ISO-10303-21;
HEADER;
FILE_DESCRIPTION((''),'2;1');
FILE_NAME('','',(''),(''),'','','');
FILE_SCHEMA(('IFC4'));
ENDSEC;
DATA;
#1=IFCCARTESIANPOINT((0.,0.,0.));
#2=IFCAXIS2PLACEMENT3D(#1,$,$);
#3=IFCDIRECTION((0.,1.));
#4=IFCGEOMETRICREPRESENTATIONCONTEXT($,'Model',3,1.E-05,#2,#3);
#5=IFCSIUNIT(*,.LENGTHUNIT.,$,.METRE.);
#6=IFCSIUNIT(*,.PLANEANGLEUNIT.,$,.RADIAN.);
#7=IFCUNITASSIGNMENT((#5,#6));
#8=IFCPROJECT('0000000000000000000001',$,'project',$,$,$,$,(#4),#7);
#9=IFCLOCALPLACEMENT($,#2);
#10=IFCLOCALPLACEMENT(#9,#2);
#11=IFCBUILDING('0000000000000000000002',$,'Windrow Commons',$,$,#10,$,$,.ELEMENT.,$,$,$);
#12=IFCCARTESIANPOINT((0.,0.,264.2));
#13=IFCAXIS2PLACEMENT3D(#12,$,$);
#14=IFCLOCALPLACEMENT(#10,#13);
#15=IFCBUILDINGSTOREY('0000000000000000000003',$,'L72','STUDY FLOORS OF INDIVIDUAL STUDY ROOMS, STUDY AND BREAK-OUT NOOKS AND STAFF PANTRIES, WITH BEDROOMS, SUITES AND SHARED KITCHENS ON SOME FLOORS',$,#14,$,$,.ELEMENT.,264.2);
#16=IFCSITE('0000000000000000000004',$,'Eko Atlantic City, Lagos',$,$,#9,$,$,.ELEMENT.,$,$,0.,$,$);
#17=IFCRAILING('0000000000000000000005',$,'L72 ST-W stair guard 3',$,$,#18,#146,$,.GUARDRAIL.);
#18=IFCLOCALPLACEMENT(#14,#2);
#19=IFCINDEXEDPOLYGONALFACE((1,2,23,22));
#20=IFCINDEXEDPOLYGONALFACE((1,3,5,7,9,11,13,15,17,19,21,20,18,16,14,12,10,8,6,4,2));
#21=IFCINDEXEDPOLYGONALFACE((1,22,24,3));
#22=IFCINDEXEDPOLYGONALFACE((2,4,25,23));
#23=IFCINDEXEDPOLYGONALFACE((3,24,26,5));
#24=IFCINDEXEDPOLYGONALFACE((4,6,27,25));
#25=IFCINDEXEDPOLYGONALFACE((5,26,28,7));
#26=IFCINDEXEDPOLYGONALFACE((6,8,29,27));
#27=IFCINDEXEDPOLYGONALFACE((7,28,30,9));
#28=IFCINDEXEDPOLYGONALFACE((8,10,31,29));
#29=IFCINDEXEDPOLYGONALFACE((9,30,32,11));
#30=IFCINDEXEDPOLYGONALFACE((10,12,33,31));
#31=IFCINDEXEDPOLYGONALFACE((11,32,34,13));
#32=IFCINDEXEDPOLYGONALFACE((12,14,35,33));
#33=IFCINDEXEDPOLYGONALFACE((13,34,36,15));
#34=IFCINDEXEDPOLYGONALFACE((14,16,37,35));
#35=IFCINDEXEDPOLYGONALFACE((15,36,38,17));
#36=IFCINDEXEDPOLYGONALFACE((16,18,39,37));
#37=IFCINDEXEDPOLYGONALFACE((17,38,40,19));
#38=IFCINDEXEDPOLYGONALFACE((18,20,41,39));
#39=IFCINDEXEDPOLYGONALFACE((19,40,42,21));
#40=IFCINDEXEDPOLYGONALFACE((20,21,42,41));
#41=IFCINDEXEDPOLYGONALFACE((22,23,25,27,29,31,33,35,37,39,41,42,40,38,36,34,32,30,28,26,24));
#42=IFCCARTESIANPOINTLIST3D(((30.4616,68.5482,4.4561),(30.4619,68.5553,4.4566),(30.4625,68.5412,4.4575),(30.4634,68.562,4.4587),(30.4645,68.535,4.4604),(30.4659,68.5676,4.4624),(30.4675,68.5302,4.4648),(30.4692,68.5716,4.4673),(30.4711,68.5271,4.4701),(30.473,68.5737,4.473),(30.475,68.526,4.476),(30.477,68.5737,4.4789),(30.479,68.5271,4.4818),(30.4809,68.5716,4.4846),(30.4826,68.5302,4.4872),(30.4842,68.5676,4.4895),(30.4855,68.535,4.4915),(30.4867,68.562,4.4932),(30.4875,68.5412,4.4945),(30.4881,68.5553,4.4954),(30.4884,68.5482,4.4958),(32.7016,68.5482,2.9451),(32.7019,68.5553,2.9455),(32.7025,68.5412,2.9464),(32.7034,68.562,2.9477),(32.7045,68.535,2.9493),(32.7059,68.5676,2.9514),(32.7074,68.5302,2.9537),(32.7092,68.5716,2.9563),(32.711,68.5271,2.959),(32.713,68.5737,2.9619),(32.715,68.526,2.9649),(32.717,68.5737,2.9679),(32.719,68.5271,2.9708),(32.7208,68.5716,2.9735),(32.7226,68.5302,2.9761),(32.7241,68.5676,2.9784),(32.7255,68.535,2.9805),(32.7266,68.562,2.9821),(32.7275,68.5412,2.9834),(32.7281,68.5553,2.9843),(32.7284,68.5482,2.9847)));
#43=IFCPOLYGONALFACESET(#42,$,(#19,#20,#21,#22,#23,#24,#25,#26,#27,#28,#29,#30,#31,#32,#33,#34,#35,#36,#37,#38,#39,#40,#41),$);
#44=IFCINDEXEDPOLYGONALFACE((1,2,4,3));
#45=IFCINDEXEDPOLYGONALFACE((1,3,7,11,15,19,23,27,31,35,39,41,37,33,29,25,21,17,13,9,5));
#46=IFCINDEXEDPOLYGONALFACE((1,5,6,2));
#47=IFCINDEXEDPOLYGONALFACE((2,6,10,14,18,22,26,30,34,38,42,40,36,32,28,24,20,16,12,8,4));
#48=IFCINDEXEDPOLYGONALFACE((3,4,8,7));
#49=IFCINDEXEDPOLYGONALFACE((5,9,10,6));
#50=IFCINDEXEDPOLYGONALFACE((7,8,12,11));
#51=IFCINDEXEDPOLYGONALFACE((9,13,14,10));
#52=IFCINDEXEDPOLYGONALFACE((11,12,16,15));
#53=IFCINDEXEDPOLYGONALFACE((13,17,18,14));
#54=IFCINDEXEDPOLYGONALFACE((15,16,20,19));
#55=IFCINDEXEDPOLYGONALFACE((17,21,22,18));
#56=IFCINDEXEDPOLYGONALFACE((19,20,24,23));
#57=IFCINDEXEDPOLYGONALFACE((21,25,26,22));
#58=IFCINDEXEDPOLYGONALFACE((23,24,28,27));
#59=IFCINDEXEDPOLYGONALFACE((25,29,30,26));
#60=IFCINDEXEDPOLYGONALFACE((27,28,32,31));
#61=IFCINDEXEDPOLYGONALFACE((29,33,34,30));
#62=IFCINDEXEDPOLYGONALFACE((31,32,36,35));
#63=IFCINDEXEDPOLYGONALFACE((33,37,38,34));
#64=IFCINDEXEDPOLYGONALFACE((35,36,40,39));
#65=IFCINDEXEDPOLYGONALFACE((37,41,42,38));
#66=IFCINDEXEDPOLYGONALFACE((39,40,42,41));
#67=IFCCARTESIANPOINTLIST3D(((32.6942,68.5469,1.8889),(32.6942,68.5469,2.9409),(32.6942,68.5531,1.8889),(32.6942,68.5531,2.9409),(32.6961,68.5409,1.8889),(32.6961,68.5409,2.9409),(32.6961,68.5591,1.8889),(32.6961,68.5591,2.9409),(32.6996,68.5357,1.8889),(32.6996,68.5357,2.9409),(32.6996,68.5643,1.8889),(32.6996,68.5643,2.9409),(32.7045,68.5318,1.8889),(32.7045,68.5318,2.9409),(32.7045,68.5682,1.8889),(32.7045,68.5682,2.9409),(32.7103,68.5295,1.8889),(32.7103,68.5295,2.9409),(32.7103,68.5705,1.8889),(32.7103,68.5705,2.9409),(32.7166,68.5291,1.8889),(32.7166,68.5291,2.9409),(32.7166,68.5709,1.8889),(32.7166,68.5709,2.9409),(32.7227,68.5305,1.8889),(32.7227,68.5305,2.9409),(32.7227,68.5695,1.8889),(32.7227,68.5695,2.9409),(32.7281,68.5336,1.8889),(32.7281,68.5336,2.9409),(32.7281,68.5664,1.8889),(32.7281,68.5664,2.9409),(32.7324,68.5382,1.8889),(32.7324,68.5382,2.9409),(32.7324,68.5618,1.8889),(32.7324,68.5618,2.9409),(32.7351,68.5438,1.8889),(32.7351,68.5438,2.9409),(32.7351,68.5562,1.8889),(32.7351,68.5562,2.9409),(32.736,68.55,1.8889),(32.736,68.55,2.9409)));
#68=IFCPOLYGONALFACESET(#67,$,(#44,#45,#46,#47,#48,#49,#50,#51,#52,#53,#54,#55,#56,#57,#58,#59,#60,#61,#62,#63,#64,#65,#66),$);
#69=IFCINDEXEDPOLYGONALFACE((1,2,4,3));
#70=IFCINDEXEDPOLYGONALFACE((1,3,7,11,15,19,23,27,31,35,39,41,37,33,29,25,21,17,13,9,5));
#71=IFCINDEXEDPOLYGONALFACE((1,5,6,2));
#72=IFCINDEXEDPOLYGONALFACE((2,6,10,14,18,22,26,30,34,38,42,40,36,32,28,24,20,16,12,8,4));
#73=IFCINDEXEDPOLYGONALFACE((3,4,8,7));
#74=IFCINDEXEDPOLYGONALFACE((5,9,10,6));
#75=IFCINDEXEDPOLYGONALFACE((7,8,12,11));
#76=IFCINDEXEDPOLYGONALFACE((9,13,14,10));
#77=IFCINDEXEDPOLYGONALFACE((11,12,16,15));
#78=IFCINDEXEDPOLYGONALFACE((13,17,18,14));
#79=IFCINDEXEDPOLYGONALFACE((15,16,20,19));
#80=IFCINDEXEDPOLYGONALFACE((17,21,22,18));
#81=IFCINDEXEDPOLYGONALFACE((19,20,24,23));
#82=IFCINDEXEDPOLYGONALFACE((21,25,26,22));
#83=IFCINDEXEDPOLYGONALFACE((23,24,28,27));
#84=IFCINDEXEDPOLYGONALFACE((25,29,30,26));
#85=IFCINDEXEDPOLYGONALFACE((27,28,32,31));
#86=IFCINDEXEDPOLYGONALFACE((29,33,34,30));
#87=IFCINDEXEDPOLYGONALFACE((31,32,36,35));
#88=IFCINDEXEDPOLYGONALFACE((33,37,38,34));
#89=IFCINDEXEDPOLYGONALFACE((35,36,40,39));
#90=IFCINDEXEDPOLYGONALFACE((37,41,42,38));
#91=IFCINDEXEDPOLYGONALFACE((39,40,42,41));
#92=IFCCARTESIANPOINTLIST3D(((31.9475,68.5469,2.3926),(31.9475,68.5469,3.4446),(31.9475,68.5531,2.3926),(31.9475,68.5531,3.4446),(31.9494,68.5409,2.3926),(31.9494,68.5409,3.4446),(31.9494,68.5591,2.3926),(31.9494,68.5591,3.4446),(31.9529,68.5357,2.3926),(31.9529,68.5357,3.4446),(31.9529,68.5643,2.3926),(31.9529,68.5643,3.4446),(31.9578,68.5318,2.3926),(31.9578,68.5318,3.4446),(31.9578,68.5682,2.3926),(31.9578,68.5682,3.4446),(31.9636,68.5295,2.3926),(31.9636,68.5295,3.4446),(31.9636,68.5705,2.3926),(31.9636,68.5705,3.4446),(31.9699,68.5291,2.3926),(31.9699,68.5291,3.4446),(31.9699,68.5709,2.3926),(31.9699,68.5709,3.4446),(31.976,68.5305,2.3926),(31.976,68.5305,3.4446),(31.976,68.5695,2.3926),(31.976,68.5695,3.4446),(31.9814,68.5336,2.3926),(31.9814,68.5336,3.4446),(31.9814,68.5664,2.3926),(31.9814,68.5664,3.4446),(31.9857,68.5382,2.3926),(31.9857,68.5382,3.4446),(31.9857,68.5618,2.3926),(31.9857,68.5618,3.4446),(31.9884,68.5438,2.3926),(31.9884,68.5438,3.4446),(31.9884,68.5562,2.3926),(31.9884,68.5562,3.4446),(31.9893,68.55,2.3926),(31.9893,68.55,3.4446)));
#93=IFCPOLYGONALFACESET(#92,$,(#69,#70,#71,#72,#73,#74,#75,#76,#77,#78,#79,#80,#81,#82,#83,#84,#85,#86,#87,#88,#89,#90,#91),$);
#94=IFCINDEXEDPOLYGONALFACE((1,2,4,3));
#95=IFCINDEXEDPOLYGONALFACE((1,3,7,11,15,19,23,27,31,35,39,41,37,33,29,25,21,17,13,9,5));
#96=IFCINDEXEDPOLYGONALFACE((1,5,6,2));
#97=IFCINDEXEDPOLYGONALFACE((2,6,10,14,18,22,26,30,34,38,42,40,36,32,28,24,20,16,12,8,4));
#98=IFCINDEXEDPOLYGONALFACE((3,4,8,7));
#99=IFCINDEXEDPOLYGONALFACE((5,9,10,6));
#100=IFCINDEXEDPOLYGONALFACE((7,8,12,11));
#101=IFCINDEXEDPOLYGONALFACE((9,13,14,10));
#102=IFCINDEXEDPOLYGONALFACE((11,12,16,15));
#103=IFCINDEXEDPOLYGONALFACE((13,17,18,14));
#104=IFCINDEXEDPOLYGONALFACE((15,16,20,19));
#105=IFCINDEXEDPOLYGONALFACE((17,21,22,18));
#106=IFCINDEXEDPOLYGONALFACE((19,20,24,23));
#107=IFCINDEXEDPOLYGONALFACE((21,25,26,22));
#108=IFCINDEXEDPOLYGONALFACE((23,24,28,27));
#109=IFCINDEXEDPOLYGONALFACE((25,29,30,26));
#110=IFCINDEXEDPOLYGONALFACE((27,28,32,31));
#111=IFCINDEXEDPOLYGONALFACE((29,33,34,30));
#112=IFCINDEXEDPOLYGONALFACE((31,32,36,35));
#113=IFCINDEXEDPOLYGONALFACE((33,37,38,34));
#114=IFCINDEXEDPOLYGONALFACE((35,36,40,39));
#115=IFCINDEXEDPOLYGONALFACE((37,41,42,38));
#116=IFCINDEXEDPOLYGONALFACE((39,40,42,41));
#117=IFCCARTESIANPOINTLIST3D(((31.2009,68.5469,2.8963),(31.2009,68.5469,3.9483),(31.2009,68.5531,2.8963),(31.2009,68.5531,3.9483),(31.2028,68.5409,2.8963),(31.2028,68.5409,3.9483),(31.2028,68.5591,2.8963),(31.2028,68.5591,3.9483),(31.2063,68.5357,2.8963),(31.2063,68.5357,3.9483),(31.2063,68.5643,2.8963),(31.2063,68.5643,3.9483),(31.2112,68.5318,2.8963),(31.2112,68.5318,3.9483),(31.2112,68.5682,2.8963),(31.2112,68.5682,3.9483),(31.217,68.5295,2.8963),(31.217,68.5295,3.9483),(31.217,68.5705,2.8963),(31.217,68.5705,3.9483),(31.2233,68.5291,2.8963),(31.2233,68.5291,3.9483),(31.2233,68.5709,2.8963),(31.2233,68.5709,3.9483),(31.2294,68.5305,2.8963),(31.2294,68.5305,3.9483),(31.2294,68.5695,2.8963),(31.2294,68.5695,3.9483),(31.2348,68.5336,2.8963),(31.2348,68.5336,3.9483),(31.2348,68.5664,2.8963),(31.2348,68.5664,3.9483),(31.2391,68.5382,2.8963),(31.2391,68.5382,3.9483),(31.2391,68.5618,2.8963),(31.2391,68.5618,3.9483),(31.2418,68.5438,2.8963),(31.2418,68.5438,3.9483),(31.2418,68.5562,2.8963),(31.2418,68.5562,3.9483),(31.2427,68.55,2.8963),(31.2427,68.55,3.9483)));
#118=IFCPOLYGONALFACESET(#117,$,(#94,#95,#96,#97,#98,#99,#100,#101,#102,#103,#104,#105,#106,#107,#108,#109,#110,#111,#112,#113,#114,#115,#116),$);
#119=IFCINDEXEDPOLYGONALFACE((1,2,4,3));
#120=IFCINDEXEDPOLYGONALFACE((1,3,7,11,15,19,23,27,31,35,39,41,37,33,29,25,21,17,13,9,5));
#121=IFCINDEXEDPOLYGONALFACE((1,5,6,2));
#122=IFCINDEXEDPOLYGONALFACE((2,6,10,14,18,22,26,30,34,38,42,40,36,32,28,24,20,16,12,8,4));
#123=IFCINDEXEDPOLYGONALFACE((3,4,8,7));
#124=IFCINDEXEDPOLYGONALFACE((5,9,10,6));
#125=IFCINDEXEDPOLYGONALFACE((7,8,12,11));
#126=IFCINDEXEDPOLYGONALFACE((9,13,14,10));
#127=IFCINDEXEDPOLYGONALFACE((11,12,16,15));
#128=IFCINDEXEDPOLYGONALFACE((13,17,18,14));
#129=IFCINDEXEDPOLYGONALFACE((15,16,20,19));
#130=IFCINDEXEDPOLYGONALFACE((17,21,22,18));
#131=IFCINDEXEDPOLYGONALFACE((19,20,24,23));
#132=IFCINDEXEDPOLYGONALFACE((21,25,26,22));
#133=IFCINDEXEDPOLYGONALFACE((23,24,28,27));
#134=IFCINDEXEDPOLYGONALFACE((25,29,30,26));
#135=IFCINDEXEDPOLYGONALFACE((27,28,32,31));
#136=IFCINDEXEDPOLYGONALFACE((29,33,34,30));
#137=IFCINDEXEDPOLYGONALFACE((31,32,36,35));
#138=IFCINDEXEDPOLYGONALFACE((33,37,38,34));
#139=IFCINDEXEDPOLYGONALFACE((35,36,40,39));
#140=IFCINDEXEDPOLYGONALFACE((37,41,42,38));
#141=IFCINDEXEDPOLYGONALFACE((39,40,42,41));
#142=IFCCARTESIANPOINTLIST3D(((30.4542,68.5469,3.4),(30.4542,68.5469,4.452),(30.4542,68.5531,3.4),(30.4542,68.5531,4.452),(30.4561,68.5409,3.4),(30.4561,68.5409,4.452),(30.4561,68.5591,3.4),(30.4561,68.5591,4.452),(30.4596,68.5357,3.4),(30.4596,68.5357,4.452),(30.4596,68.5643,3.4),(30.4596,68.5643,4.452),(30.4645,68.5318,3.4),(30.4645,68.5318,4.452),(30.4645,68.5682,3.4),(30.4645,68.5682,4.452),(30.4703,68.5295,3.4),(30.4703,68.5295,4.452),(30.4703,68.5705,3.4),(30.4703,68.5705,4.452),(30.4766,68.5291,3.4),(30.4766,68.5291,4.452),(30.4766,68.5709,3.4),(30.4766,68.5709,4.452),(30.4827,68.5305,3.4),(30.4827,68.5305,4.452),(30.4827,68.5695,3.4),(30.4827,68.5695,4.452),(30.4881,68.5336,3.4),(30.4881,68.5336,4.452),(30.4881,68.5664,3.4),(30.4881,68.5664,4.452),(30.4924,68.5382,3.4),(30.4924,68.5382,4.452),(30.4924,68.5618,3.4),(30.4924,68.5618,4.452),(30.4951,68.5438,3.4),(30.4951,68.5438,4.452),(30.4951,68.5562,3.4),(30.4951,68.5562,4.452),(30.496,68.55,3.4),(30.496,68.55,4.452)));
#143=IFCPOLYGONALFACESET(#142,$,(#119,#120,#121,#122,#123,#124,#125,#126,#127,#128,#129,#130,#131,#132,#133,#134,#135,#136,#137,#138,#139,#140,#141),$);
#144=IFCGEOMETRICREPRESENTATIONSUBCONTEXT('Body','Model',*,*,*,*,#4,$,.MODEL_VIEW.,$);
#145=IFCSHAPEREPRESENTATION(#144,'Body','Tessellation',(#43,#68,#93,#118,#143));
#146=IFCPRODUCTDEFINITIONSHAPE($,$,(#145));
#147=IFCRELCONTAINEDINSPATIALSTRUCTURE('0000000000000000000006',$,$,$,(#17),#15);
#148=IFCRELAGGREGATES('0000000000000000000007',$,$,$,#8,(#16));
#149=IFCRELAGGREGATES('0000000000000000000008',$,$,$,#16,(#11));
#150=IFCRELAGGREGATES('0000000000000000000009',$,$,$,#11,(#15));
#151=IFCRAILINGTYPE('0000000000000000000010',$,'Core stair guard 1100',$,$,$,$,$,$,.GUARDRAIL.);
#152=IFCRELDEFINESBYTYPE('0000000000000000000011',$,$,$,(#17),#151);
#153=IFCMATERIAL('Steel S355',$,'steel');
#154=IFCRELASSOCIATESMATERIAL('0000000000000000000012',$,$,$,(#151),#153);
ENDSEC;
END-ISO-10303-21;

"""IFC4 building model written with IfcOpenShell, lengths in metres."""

from ifc_helpers import new_model, si_unit, direction, frame, origin, origin_2d, place, context, subcontext, project, spatial, circle, extrude, material, type_object, element, save


model = new_model("IFC4")

# Units and contexts
model_context = context("Model", 3, precision=1e-05, world=origin(), true_north=direction((0.0, 1.0)))
body_context = subcontext(model_context, "Body", "Model", "MODEL_VIEW")
ifc_project = project(units=[si_unit("LENGTHUNIT", "METRE"), si_unit("PLANEANGLEUNIT", "RADIAN")], contexts=[model_context])

# Site, building, storey
site_placement = place(None, origin())
site = spatial("IfcSite", under=ifc_project, at=site_placement, Name="Eko Atlantic City, Lagos", CompositionType="ELEMENT", RefElevation=0.0)
building_placement = place(site_placement, origin())
building = spatial("IfcBuilding", under=site, at=building_placement, Name="Windrow Commons", CompositionType="ELEMENT")
storey_placement = place(building_placement, frame((0.0, 0.0, 264.2)))
storey = spatial("IfcBuildingStorey", under=building, at=storey_placement, Name="L72", Description="STUDY FLOORS OF INDIVIDUAL STUDY ROOMS, STUDY AND BREAK-OUT NOOKS AND STAFF PANTRIES, WITH BEDROOMS, SUITES AND SHARED KITCHENS ON SOME FLOORS", CompositionType="ELEMENT", Elevation=264.2)

# Railing
ifc_material_1 = material(Name="Steel S355", Category="steel")
railing_type_1 = type_object("IfcRailingType", Name="Core stair guard 1100", PredefinedType="GUARDRAIL", material=ifc_material_1)
railing_1_placement = place(storey_placement, frame((32.715, 68.55, 1.8889)))
element("IfcRailing", 1, at=railing_1_placement, inside=storey, type_object=railing_type_1, Name="L72 ST-W stair guard 3", PredefinedType="GUARDRAIL", context=body_context, shape_type="SweptSolid", body=[
    extrude(circle(Radius=0.024, at=origin_2d()), frame((0.0, 0.0, 1.076), z_axis=(-0.829003, 0.0, 0.559244), x_axis=(0.0, -1.0, 0.0)), (0.0, 0.0, 1.0), 2.702),
    extrude(circle(Radius=0.021, at=origin_2d()), origin(), (0.0, 0.0, 1.0), 1.052),
    extrude(circle(Radius=0.021, at=origin_2d()), frame((-0.7467, 0.0, 0.5037)), (0.0, 0.0, 1.0), 1.052),
    extrude(circle(Radius=0.021, at=origin_2d()), frame((-1.4933, 0.0, 1.0074)), (0.0, 0.0, 1.0), 1.052),
    extrude(circle(Radius=0.021, at=origin_2d()), frame((-2.24, 0.0, 1.5111)), (0.0, 0.0, 1.0), 1.052),
])

save(model, "model.ifc")
